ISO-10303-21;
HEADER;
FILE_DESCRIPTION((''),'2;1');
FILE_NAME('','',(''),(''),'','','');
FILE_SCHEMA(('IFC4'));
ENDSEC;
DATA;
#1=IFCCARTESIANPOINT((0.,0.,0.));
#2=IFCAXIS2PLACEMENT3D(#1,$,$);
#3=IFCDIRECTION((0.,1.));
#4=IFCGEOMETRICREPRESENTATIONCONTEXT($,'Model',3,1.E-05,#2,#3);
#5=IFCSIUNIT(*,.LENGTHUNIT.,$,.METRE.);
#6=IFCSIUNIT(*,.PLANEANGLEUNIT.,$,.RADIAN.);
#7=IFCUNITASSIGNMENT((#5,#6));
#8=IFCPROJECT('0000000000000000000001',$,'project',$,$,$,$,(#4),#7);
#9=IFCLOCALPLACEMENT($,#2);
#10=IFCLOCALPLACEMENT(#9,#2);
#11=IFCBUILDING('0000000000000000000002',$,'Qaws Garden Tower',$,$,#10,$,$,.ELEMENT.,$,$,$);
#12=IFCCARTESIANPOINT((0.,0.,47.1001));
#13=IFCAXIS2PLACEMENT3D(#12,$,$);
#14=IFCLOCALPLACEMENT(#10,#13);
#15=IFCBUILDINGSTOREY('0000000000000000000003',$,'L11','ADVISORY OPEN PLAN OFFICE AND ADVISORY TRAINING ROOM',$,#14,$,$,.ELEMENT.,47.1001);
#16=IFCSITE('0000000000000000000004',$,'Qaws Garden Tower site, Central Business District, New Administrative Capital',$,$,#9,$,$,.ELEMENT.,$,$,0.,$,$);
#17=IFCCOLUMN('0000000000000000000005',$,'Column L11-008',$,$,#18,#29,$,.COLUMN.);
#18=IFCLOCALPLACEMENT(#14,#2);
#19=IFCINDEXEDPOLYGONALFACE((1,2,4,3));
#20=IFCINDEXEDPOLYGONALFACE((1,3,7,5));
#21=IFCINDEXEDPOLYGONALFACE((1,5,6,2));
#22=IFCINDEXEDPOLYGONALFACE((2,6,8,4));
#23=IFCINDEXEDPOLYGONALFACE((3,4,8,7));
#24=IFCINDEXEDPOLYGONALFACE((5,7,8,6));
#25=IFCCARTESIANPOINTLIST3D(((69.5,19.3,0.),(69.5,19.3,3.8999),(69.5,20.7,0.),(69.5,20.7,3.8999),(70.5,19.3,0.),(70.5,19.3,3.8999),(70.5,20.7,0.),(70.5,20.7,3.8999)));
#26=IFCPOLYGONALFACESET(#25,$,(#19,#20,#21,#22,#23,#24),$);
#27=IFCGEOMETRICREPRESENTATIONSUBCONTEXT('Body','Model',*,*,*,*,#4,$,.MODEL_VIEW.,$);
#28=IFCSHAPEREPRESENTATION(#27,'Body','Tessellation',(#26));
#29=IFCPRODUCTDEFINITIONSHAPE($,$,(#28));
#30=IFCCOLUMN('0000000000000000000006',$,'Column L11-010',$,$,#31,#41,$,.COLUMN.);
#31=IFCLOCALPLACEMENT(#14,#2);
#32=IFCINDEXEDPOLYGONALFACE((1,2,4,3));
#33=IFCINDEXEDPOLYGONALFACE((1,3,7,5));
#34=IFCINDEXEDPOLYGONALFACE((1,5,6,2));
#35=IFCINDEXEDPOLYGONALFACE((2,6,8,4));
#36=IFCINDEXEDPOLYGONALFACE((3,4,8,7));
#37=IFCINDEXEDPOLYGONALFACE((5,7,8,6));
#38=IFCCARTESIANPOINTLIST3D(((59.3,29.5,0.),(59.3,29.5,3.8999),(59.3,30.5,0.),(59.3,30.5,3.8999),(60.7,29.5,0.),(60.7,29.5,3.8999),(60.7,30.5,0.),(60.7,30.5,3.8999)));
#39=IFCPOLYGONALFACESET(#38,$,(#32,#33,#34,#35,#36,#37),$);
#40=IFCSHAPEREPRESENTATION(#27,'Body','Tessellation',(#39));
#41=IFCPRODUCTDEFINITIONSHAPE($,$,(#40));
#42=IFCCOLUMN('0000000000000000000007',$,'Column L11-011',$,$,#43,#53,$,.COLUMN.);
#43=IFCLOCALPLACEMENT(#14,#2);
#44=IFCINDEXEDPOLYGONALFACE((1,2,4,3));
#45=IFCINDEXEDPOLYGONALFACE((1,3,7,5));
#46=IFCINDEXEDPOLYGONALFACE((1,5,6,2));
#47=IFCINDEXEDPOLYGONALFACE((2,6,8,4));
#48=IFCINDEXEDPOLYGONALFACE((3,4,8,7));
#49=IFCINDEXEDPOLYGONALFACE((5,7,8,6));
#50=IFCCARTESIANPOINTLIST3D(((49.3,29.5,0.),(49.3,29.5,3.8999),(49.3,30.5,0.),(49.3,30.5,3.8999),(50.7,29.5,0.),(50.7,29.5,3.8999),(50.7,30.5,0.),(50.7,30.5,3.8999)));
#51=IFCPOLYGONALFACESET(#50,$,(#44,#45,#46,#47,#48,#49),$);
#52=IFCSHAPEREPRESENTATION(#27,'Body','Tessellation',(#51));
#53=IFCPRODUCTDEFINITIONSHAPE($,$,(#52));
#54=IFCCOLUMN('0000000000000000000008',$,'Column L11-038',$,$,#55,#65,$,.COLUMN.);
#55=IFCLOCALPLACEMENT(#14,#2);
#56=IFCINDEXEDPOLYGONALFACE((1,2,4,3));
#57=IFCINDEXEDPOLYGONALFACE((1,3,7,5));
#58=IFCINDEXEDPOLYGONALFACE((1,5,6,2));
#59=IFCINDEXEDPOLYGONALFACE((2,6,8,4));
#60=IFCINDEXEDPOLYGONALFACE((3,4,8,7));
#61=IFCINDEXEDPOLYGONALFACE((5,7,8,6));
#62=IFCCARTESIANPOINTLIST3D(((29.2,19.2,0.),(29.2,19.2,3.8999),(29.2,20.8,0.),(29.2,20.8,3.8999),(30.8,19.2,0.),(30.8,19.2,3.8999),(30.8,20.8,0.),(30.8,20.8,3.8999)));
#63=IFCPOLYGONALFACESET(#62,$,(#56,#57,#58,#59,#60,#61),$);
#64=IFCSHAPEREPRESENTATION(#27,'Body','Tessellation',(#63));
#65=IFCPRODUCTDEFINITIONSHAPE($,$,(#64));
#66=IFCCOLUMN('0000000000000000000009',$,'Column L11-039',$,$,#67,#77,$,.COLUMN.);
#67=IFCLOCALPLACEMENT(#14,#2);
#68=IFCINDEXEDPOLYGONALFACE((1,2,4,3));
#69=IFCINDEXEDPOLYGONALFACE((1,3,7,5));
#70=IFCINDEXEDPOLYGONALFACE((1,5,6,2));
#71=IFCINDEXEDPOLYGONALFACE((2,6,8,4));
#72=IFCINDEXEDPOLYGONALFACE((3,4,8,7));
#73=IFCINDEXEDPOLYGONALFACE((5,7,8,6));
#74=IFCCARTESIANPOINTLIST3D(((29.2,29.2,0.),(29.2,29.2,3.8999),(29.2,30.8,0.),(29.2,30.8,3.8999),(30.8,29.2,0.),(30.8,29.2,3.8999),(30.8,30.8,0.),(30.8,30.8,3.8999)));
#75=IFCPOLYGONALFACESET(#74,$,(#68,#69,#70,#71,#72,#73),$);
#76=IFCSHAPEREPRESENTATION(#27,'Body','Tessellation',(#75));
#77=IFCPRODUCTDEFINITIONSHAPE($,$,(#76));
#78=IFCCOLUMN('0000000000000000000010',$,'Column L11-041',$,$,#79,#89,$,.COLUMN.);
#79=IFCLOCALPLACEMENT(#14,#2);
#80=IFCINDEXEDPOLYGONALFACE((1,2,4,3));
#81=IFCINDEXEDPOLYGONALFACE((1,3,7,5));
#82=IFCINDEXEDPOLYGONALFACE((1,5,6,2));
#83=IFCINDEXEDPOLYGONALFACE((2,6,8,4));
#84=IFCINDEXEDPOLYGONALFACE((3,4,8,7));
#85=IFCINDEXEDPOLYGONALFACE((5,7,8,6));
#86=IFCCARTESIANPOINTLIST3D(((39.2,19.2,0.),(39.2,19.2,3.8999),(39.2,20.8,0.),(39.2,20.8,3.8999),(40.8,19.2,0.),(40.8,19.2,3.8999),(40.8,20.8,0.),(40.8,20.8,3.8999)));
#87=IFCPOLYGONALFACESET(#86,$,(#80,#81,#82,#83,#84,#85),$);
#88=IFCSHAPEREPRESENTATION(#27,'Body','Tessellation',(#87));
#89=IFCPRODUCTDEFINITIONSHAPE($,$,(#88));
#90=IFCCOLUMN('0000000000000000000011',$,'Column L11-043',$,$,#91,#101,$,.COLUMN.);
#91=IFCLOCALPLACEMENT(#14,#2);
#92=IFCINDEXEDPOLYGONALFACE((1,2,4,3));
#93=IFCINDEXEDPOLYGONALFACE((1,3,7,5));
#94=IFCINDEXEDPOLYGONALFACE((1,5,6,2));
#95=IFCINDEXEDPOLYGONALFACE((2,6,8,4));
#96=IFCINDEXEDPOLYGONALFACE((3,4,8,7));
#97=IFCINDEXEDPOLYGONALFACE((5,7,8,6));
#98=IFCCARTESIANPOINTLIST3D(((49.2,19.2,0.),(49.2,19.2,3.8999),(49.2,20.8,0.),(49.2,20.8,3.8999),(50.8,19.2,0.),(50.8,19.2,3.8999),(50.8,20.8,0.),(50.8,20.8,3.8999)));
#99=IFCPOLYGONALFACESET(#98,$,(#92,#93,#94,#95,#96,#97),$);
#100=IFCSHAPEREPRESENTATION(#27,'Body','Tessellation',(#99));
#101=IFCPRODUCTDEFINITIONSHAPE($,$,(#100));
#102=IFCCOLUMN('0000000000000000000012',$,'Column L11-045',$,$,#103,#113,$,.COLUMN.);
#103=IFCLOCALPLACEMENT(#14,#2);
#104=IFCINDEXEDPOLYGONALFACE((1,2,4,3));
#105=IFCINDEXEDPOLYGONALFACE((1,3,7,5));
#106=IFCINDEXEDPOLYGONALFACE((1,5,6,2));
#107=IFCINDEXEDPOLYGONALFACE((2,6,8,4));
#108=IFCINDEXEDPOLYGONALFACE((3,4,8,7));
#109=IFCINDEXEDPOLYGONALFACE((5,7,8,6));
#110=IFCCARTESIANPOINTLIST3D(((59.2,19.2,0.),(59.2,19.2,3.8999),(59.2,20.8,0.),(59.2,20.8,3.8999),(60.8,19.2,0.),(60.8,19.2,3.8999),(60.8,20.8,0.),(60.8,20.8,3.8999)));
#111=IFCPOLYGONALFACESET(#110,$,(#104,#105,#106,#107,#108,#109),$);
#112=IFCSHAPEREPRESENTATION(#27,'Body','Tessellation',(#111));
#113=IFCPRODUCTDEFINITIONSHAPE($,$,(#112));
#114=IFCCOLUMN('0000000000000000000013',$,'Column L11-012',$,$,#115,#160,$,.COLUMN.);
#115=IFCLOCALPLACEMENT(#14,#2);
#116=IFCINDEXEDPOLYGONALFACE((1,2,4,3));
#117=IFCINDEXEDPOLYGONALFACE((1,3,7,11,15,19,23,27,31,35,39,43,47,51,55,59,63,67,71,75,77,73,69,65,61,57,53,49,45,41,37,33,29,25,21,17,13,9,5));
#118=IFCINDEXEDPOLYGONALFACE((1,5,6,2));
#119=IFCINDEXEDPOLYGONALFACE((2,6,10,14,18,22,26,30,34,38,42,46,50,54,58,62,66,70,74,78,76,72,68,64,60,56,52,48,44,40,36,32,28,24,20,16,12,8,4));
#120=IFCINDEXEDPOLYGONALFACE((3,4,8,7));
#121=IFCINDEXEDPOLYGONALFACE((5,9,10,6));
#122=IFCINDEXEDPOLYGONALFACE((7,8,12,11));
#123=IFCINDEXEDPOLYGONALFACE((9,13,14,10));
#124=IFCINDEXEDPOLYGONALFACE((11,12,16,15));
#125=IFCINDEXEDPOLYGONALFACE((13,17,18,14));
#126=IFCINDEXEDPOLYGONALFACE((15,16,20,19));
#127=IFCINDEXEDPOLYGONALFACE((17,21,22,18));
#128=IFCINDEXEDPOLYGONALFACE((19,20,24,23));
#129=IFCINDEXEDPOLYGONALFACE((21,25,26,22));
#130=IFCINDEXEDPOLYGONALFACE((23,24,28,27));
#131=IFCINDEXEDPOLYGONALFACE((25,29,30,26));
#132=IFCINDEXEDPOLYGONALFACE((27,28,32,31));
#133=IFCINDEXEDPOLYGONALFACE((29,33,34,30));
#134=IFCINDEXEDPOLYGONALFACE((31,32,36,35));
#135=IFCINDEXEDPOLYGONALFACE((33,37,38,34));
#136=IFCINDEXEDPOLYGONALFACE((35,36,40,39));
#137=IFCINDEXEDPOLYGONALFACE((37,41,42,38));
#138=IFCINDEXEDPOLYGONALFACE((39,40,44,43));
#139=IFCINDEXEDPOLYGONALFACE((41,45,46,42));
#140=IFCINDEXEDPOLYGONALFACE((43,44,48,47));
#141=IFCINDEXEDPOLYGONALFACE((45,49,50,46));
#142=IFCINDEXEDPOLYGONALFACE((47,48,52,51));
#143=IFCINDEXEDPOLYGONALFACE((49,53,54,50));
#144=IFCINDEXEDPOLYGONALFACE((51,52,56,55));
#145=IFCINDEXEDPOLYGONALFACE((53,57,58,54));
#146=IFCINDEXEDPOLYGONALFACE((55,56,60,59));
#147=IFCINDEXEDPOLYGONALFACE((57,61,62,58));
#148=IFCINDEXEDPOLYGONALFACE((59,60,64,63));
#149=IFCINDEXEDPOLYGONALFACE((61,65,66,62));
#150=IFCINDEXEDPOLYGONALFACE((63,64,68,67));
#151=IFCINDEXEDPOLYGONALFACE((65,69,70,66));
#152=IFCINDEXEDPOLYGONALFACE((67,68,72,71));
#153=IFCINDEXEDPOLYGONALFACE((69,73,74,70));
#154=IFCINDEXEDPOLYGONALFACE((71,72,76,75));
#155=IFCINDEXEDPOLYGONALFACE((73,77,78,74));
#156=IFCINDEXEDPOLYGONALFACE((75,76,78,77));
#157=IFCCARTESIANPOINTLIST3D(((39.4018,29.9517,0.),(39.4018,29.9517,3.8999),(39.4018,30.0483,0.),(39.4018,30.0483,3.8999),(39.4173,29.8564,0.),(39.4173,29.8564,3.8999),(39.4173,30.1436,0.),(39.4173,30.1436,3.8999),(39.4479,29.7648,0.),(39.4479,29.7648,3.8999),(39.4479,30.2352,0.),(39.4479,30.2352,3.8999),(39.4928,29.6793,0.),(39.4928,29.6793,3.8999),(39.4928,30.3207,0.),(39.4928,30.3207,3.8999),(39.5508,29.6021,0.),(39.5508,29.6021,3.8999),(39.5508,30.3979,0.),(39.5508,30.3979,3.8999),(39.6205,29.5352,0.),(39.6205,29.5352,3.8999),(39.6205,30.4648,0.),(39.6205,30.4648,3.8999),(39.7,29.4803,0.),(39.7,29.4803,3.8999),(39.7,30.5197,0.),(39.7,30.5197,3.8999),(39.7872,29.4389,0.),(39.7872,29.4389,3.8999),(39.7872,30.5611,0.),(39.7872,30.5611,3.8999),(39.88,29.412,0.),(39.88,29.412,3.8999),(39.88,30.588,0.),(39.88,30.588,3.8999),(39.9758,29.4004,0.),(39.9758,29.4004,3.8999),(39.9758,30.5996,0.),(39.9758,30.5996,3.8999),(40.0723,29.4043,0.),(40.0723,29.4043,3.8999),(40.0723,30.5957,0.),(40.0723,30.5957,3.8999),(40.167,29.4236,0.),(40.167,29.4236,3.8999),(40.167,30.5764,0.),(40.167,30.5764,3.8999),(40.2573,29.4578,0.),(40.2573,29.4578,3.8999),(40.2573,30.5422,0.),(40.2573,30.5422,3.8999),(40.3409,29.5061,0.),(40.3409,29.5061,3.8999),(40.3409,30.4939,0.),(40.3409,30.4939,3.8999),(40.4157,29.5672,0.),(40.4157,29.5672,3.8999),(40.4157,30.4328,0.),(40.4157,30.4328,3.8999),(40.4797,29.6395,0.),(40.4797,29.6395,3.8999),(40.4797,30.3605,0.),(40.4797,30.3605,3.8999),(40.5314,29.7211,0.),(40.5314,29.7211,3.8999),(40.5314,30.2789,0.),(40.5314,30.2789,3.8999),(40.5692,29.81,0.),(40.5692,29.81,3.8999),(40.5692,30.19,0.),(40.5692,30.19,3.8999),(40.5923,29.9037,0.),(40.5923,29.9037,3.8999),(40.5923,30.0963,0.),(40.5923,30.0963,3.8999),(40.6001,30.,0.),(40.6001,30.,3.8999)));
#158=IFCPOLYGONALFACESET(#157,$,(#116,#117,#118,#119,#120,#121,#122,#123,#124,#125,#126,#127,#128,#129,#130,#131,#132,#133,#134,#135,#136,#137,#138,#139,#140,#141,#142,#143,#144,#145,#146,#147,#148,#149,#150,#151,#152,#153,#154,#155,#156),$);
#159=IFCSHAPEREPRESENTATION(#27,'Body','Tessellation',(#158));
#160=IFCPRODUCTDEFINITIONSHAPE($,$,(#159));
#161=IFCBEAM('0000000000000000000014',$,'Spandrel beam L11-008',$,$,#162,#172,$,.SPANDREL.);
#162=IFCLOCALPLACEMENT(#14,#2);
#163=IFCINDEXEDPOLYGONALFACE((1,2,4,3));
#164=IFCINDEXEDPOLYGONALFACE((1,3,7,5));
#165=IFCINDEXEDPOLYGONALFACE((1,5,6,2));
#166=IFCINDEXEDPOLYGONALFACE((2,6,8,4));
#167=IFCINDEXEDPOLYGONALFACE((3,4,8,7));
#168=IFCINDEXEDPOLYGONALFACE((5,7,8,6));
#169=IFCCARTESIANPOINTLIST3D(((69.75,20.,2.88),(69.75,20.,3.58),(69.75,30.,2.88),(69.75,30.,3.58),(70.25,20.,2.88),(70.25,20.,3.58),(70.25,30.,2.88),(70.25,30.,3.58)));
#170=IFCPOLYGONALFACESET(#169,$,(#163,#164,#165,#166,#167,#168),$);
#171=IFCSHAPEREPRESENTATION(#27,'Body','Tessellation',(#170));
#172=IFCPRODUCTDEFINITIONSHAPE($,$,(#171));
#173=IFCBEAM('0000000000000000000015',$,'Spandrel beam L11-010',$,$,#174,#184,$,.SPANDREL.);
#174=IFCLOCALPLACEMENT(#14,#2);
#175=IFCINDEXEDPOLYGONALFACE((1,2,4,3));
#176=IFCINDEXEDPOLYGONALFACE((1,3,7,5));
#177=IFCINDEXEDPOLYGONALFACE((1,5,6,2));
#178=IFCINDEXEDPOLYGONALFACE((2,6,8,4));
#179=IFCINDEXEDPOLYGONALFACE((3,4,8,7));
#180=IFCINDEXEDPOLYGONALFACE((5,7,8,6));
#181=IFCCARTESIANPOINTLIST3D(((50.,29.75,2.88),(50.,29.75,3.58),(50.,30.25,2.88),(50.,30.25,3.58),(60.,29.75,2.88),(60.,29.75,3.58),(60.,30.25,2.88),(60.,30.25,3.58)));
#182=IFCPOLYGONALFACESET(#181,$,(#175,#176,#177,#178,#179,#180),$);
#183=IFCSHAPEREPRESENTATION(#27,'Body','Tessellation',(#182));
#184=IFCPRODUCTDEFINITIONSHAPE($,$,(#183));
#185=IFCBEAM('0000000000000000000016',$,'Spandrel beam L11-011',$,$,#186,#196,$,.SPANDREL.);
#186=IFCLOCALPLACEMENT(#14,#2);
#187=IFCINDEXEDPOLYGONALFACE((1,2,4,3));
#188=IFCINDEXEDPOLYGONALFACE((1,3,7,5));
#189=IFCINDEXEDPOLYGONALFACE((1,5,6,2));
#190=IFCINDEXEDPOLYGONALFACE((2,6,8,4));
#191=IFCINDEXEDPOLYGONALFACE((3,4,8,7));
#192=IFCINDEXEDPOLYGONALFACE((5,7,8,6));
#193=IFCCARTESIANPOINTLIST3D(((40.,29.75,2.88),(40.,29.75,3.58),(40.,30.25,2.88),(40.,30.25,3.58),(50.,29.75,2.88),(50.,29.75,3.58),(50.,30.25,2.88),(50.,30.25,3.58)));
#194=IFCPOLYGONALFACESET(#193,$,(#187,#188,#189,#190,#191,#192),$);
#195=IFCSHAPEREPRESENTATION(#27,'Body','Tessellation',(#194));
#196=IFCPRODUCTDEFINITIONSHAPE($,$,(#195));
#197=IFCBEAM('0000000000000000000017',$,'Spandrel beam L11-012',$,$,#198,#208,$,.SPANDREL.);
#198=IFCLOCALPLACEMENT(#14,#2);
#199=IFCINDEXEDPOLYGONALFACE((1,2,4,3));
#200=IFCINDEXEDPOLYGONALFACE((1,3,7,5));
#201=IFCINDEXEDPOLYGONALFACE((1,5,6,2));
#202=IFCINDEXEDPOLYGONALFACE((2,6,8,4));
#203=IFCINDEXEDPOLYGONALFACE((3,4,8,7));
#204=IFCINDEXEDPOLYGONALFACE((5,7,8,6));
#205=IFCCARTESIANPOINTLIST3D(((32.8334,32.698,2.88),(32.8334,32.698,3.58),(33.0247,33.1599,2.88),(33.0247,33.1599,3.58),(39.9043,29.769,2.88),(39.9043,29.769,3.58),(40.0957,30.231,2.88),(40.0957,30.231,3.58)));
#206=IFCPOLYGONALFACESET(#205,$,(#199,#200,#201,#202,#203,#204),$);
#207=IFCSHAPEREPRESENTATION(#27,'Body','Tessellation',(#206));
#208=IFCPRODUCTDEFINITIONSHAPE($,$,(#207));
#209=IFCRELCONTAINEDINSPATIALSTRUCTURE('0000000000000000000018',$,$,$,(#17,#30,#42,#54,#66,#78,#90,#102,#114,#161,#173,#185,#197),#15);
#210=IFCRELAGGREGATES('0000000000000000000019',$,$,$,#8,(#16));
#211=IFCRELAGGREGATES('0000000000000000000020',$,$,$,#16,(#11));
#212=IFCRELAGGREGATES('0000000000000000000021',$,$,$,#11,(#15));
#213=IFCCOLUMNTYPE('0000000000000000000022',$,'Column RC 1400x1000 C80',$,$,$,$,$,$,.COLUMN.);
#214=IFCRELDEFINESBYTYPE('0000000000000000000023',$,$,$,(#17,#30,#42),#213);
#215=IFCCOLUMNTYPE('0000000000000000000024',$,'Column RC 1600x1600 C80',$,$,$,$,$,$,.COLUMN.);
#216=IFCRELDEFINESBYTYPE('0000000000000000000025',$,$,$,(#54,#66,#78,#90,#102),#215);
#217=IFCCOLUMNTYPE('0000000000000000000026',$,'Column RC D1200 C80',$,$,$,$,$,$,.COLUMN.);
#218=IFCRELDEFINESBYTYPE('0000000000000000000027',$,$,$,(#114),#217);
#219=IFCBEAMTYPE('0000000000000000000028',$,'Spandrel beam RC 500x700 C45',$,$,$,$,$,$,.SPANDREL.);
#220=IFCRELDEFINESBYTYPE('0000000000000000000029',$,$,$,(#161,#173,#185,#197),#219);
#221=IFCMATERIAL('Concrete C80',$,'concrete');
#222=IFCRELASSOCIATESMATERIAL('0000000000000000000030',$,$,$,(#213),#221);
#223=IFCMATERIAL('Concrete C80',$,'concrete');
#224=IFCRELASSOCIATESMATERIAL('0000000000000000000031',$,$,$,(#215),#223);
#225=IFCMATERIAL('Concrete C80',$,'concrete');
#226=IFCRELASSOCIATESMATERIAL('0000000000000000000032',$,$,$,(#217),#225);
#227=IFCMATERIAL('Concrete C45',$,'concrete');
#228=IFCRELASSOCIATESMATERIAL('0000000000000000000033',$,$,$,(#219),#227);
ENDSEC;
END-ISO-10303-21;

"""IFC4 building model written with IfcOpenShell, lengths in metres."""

from ifc_helpers import new_model, si_unit, direction, frame, origin, origin_2d, place, context, subcontext, project, spatial, rectangle, circle, extrude, material, material_profile, profile_set, type_object, element, save


model = new_model("IFC4")

# Units and contexts
model_context = context("Model", 3, precision=1e-05, world=origin(), true_north=direction((0.0, 1.0)))
body_context = subcontext(model_context, "Body", "Model", "MODEL_VIEW")
ifc_project = project(units=[si_unit("LENGTHUNIT", "METRE"), si_unit("PLANEANGLEUNIT", "RADIAN")], contexts=[model_context])

# Site, building, storey
site_placement = place(None, origin())
site = spatial("IfcSite", under=ifc_project, at=site_placement, Name="Qaws Garden Tower site, Central Business District, New Administrative Capital", CompositionType="ELEMENT", RefElevation=0.0)
building_placement = place(site_placement, origin())
building = spatial("IfcBuilding", under=site, at=building_placement, Name="Qaws Garden Tower", CompositionType="ELEMENT")
storey_placement = place(building_placement, frame((0.0, 0.0, 47.1001)))
storey = spatial("IfcBuildingStorey", under=building, at=storey_placement, Name="L11", Description="ADVISORY OPEN PLAN OFFICE AND ADVISORY TRAINING ROOM", CompositionType="ELEMENT", Elevation=47.1001)

# Columns
ifc_material_1 = material(Name="Concrete C80", Category="concrete")
ifc_material_profile_1 = material_profile(ifc_material_1, rectangle(XDim=1.3999, YDim=1.0, at=origin_2d()), Name="RC 1400x1000")
ifc_profile_set_1 = profile_set([ifc_material_profile_1], Name="Concrete C80")
column_type_1 = type_object("IfcColumnType", Name="Column RC 1400x1000 C80", PredefinedType="COLUMN", material=ifc_profile_set_1)
for number, where, z_axis, x_axis, name in (
    (1, (70.0, 20.0, 0.0), (0.0, 0.0, 1.0), (0.0, 1.0, 0.0), "Column L11-008"),
    (2, (60.0, 30.0, 0.0), (0.0, 0.0, 1.0), (1.0, 0.0, 0.0), "Column L11-010"),
    (3, (50.0, 30.0, 0.0), (0.0, 0.0, 1.0), (1.0, 0.0, 0.0), "Column L11-011"),
):
    element("IfcColumn", number, at=place(storey_placement, frame(where, z_axis=z_axis, x_axis=x_axis)), inside=storey, type_object=column_type_1, Name=name, PredefinedType="COLUMN", context=body_context, shape_type="SweptSolid", body=[
        extrude(rectangle(XDim=1.3999, YDim=1.0, at=origin_2d()), origin(), (0.0, 0.0, 1.0), 3.8999),
    ])
ifc_material_2 = material(Name="Concrete C80", Category="concrete")
ifc_material_profile_2 = material_profile(ifc_material_2, rectangle(XDim=1.6001, YDim=1.6001, at=origin_2d()), Name="RC 1600x1600")
ifc_profile_set_2 = profile_set([ifc_material_profile_2], Name="Concrete C80")
column_type_2 = type_object("IfcColumnType", Name="Column RC 1600x1600 C80", PredefinedType="COLUMN", material=ifc_profile_set_2)
for number, where, z_axis, x_axis, name in (
    (4, (30.0, 20.0, 0.0), (0.0, 0.0, 1.0), (1.0, 0.0, 0.0), "Column L11-038"),
    (5, (30.0, 30.0, 0.0), (0.0, 0.0, 1.0), (1.0, 0.0, 0.0), "Column L11-039"),
    (6, (40.0, 20.0, 0.0), (0.0, 0.0, 1.0), (1.0, 0.0, 0.0), "Column L11-041"),
    (7, (50.0, 20.0, 0.0), (0.0, 0.0, 1.0), (1.0, 0.0, 0.0), "Column L11-043"),
    (8, (60.0, 20.0, 0.0), (0.0, 0.0, 1.0), (1.0, 0.0, 0.0), "Column L11-045"),
):
    element("IfcColumn", number, at=place(storey_placement, frame(where, z_axis=z_axis, x_axis=x_axis)), inside=storey, type_object=column_type_2, Name=name, PredefinedType="COLUMN", context=body_context, shape_type="SweptSolid", body=[
        extrude(rectangle(XDim=1.6001, YDim=1.6001, at=origin_2d()), origin(), (0.0, 0.0, 1.0), 3.8999),
    ])
ifc_material_3 = material(Name="Concrete C80", Category="concrete")
ifc_material_profile_3 = material_profile(ifc_material_3, circle(Radius=0.6001, at=origin_2d()), Name="RC D1200")
ifc_profile_set_3 = profile_set([ifc_material_profile_3], Name="Concrete C80")
column_type_3 = type_object("IfcColumnType", Name="Column RC D1200 C80", PredefinedType="COLUMN", material=ifc_profile_set_3)
column_placement = place(storey_placement, frame((40.0, 30.0, 0.0), z_axis=(0.0, 0.0, 1.0), x_axis=(1.0, 0.0, 0.0)))
element("IfcColumn", 9, at=column_placement, inside=storey, type_object=column_type_3, Name="Column L11-012", PredefinedType="COLUMN", context=body_context, shape_type="SweptSolid", body=[
    extrude(circle(Radius=0.6001, at=origin_2d()), origin(), (0.0, 0.0, 1.0), 3.8999),
])

# Beams
ifc_material_4 = material(Name="Concrete C45", Category="concrete")
ifc_material_profile_4 = material_profile(ifc_material_4, rectangle(XDim=0.5, YDim=0.7, at=origin_2d()), Name="RC 500x700")
ifc_profile_set_4 = profile_set([ifc_material_profile_4], Name="Concrete C45")
beam_type = type_object("IfcBeamType", Name="Spandrel beam RC 500x700 C45", PredefinedType="SPANDREL", material=ifc_profile_set_4)
for number, where, z_axis, x_axis, name in (
    (10, (70.0, 20.0, 3.23), (0.0, 1.0, 0.0), (-1.0, 0.0, 0.0), "Spandrel beam L11-008"),
    (11, (60.0, 30.0, 3.23), (-1.0, 0.0, 0.0), (0.0, -1.0, 0.0), "Spandrel beam L11-010"),
    (12, (50.0, 30.0, 3.23), (-1.0, 0.0, 0.0), (0.0, -1.0, 0.0), "Spandrel beam L11-011"),
):
    element("IfcBeam", number, at=place(storey_placement, frame(where, z_axis=z_axis, x_axis=x_axis)), inside=storey, type_object=beam_type, Name=name, PredefinedType="SPANDREL", context=body_context, shape_type="SweptSolid", body=[
        extrude(rectangle(XDim=0.5, YDim=0.7, at=origin_2d()), origin(), (0.0, 0.0, 1.0), 10.0),
    ])
beam_placement = place(storey_placement, frame((40.0, 30.0, 3.23), z_axis=(-0.923878, 0.382687, 0.0), x_axis=(-0.382687, -0.923878, 0.0)))
element("IfcBeam", 13, at=beam_placement, inside=storey, type_object=beam_type, Name="Spandrel beam L11-012", PredefinedType="SPANDREL", context=body_context, shape_type="SweptSolid", body=[
    extrude(rectangle(XDim=0.5, YDim=0.7, at=origin_2d()), origin(), (0.0, 0.0, 1.0), 7.6536),
])

save(model, "model.ifc")
